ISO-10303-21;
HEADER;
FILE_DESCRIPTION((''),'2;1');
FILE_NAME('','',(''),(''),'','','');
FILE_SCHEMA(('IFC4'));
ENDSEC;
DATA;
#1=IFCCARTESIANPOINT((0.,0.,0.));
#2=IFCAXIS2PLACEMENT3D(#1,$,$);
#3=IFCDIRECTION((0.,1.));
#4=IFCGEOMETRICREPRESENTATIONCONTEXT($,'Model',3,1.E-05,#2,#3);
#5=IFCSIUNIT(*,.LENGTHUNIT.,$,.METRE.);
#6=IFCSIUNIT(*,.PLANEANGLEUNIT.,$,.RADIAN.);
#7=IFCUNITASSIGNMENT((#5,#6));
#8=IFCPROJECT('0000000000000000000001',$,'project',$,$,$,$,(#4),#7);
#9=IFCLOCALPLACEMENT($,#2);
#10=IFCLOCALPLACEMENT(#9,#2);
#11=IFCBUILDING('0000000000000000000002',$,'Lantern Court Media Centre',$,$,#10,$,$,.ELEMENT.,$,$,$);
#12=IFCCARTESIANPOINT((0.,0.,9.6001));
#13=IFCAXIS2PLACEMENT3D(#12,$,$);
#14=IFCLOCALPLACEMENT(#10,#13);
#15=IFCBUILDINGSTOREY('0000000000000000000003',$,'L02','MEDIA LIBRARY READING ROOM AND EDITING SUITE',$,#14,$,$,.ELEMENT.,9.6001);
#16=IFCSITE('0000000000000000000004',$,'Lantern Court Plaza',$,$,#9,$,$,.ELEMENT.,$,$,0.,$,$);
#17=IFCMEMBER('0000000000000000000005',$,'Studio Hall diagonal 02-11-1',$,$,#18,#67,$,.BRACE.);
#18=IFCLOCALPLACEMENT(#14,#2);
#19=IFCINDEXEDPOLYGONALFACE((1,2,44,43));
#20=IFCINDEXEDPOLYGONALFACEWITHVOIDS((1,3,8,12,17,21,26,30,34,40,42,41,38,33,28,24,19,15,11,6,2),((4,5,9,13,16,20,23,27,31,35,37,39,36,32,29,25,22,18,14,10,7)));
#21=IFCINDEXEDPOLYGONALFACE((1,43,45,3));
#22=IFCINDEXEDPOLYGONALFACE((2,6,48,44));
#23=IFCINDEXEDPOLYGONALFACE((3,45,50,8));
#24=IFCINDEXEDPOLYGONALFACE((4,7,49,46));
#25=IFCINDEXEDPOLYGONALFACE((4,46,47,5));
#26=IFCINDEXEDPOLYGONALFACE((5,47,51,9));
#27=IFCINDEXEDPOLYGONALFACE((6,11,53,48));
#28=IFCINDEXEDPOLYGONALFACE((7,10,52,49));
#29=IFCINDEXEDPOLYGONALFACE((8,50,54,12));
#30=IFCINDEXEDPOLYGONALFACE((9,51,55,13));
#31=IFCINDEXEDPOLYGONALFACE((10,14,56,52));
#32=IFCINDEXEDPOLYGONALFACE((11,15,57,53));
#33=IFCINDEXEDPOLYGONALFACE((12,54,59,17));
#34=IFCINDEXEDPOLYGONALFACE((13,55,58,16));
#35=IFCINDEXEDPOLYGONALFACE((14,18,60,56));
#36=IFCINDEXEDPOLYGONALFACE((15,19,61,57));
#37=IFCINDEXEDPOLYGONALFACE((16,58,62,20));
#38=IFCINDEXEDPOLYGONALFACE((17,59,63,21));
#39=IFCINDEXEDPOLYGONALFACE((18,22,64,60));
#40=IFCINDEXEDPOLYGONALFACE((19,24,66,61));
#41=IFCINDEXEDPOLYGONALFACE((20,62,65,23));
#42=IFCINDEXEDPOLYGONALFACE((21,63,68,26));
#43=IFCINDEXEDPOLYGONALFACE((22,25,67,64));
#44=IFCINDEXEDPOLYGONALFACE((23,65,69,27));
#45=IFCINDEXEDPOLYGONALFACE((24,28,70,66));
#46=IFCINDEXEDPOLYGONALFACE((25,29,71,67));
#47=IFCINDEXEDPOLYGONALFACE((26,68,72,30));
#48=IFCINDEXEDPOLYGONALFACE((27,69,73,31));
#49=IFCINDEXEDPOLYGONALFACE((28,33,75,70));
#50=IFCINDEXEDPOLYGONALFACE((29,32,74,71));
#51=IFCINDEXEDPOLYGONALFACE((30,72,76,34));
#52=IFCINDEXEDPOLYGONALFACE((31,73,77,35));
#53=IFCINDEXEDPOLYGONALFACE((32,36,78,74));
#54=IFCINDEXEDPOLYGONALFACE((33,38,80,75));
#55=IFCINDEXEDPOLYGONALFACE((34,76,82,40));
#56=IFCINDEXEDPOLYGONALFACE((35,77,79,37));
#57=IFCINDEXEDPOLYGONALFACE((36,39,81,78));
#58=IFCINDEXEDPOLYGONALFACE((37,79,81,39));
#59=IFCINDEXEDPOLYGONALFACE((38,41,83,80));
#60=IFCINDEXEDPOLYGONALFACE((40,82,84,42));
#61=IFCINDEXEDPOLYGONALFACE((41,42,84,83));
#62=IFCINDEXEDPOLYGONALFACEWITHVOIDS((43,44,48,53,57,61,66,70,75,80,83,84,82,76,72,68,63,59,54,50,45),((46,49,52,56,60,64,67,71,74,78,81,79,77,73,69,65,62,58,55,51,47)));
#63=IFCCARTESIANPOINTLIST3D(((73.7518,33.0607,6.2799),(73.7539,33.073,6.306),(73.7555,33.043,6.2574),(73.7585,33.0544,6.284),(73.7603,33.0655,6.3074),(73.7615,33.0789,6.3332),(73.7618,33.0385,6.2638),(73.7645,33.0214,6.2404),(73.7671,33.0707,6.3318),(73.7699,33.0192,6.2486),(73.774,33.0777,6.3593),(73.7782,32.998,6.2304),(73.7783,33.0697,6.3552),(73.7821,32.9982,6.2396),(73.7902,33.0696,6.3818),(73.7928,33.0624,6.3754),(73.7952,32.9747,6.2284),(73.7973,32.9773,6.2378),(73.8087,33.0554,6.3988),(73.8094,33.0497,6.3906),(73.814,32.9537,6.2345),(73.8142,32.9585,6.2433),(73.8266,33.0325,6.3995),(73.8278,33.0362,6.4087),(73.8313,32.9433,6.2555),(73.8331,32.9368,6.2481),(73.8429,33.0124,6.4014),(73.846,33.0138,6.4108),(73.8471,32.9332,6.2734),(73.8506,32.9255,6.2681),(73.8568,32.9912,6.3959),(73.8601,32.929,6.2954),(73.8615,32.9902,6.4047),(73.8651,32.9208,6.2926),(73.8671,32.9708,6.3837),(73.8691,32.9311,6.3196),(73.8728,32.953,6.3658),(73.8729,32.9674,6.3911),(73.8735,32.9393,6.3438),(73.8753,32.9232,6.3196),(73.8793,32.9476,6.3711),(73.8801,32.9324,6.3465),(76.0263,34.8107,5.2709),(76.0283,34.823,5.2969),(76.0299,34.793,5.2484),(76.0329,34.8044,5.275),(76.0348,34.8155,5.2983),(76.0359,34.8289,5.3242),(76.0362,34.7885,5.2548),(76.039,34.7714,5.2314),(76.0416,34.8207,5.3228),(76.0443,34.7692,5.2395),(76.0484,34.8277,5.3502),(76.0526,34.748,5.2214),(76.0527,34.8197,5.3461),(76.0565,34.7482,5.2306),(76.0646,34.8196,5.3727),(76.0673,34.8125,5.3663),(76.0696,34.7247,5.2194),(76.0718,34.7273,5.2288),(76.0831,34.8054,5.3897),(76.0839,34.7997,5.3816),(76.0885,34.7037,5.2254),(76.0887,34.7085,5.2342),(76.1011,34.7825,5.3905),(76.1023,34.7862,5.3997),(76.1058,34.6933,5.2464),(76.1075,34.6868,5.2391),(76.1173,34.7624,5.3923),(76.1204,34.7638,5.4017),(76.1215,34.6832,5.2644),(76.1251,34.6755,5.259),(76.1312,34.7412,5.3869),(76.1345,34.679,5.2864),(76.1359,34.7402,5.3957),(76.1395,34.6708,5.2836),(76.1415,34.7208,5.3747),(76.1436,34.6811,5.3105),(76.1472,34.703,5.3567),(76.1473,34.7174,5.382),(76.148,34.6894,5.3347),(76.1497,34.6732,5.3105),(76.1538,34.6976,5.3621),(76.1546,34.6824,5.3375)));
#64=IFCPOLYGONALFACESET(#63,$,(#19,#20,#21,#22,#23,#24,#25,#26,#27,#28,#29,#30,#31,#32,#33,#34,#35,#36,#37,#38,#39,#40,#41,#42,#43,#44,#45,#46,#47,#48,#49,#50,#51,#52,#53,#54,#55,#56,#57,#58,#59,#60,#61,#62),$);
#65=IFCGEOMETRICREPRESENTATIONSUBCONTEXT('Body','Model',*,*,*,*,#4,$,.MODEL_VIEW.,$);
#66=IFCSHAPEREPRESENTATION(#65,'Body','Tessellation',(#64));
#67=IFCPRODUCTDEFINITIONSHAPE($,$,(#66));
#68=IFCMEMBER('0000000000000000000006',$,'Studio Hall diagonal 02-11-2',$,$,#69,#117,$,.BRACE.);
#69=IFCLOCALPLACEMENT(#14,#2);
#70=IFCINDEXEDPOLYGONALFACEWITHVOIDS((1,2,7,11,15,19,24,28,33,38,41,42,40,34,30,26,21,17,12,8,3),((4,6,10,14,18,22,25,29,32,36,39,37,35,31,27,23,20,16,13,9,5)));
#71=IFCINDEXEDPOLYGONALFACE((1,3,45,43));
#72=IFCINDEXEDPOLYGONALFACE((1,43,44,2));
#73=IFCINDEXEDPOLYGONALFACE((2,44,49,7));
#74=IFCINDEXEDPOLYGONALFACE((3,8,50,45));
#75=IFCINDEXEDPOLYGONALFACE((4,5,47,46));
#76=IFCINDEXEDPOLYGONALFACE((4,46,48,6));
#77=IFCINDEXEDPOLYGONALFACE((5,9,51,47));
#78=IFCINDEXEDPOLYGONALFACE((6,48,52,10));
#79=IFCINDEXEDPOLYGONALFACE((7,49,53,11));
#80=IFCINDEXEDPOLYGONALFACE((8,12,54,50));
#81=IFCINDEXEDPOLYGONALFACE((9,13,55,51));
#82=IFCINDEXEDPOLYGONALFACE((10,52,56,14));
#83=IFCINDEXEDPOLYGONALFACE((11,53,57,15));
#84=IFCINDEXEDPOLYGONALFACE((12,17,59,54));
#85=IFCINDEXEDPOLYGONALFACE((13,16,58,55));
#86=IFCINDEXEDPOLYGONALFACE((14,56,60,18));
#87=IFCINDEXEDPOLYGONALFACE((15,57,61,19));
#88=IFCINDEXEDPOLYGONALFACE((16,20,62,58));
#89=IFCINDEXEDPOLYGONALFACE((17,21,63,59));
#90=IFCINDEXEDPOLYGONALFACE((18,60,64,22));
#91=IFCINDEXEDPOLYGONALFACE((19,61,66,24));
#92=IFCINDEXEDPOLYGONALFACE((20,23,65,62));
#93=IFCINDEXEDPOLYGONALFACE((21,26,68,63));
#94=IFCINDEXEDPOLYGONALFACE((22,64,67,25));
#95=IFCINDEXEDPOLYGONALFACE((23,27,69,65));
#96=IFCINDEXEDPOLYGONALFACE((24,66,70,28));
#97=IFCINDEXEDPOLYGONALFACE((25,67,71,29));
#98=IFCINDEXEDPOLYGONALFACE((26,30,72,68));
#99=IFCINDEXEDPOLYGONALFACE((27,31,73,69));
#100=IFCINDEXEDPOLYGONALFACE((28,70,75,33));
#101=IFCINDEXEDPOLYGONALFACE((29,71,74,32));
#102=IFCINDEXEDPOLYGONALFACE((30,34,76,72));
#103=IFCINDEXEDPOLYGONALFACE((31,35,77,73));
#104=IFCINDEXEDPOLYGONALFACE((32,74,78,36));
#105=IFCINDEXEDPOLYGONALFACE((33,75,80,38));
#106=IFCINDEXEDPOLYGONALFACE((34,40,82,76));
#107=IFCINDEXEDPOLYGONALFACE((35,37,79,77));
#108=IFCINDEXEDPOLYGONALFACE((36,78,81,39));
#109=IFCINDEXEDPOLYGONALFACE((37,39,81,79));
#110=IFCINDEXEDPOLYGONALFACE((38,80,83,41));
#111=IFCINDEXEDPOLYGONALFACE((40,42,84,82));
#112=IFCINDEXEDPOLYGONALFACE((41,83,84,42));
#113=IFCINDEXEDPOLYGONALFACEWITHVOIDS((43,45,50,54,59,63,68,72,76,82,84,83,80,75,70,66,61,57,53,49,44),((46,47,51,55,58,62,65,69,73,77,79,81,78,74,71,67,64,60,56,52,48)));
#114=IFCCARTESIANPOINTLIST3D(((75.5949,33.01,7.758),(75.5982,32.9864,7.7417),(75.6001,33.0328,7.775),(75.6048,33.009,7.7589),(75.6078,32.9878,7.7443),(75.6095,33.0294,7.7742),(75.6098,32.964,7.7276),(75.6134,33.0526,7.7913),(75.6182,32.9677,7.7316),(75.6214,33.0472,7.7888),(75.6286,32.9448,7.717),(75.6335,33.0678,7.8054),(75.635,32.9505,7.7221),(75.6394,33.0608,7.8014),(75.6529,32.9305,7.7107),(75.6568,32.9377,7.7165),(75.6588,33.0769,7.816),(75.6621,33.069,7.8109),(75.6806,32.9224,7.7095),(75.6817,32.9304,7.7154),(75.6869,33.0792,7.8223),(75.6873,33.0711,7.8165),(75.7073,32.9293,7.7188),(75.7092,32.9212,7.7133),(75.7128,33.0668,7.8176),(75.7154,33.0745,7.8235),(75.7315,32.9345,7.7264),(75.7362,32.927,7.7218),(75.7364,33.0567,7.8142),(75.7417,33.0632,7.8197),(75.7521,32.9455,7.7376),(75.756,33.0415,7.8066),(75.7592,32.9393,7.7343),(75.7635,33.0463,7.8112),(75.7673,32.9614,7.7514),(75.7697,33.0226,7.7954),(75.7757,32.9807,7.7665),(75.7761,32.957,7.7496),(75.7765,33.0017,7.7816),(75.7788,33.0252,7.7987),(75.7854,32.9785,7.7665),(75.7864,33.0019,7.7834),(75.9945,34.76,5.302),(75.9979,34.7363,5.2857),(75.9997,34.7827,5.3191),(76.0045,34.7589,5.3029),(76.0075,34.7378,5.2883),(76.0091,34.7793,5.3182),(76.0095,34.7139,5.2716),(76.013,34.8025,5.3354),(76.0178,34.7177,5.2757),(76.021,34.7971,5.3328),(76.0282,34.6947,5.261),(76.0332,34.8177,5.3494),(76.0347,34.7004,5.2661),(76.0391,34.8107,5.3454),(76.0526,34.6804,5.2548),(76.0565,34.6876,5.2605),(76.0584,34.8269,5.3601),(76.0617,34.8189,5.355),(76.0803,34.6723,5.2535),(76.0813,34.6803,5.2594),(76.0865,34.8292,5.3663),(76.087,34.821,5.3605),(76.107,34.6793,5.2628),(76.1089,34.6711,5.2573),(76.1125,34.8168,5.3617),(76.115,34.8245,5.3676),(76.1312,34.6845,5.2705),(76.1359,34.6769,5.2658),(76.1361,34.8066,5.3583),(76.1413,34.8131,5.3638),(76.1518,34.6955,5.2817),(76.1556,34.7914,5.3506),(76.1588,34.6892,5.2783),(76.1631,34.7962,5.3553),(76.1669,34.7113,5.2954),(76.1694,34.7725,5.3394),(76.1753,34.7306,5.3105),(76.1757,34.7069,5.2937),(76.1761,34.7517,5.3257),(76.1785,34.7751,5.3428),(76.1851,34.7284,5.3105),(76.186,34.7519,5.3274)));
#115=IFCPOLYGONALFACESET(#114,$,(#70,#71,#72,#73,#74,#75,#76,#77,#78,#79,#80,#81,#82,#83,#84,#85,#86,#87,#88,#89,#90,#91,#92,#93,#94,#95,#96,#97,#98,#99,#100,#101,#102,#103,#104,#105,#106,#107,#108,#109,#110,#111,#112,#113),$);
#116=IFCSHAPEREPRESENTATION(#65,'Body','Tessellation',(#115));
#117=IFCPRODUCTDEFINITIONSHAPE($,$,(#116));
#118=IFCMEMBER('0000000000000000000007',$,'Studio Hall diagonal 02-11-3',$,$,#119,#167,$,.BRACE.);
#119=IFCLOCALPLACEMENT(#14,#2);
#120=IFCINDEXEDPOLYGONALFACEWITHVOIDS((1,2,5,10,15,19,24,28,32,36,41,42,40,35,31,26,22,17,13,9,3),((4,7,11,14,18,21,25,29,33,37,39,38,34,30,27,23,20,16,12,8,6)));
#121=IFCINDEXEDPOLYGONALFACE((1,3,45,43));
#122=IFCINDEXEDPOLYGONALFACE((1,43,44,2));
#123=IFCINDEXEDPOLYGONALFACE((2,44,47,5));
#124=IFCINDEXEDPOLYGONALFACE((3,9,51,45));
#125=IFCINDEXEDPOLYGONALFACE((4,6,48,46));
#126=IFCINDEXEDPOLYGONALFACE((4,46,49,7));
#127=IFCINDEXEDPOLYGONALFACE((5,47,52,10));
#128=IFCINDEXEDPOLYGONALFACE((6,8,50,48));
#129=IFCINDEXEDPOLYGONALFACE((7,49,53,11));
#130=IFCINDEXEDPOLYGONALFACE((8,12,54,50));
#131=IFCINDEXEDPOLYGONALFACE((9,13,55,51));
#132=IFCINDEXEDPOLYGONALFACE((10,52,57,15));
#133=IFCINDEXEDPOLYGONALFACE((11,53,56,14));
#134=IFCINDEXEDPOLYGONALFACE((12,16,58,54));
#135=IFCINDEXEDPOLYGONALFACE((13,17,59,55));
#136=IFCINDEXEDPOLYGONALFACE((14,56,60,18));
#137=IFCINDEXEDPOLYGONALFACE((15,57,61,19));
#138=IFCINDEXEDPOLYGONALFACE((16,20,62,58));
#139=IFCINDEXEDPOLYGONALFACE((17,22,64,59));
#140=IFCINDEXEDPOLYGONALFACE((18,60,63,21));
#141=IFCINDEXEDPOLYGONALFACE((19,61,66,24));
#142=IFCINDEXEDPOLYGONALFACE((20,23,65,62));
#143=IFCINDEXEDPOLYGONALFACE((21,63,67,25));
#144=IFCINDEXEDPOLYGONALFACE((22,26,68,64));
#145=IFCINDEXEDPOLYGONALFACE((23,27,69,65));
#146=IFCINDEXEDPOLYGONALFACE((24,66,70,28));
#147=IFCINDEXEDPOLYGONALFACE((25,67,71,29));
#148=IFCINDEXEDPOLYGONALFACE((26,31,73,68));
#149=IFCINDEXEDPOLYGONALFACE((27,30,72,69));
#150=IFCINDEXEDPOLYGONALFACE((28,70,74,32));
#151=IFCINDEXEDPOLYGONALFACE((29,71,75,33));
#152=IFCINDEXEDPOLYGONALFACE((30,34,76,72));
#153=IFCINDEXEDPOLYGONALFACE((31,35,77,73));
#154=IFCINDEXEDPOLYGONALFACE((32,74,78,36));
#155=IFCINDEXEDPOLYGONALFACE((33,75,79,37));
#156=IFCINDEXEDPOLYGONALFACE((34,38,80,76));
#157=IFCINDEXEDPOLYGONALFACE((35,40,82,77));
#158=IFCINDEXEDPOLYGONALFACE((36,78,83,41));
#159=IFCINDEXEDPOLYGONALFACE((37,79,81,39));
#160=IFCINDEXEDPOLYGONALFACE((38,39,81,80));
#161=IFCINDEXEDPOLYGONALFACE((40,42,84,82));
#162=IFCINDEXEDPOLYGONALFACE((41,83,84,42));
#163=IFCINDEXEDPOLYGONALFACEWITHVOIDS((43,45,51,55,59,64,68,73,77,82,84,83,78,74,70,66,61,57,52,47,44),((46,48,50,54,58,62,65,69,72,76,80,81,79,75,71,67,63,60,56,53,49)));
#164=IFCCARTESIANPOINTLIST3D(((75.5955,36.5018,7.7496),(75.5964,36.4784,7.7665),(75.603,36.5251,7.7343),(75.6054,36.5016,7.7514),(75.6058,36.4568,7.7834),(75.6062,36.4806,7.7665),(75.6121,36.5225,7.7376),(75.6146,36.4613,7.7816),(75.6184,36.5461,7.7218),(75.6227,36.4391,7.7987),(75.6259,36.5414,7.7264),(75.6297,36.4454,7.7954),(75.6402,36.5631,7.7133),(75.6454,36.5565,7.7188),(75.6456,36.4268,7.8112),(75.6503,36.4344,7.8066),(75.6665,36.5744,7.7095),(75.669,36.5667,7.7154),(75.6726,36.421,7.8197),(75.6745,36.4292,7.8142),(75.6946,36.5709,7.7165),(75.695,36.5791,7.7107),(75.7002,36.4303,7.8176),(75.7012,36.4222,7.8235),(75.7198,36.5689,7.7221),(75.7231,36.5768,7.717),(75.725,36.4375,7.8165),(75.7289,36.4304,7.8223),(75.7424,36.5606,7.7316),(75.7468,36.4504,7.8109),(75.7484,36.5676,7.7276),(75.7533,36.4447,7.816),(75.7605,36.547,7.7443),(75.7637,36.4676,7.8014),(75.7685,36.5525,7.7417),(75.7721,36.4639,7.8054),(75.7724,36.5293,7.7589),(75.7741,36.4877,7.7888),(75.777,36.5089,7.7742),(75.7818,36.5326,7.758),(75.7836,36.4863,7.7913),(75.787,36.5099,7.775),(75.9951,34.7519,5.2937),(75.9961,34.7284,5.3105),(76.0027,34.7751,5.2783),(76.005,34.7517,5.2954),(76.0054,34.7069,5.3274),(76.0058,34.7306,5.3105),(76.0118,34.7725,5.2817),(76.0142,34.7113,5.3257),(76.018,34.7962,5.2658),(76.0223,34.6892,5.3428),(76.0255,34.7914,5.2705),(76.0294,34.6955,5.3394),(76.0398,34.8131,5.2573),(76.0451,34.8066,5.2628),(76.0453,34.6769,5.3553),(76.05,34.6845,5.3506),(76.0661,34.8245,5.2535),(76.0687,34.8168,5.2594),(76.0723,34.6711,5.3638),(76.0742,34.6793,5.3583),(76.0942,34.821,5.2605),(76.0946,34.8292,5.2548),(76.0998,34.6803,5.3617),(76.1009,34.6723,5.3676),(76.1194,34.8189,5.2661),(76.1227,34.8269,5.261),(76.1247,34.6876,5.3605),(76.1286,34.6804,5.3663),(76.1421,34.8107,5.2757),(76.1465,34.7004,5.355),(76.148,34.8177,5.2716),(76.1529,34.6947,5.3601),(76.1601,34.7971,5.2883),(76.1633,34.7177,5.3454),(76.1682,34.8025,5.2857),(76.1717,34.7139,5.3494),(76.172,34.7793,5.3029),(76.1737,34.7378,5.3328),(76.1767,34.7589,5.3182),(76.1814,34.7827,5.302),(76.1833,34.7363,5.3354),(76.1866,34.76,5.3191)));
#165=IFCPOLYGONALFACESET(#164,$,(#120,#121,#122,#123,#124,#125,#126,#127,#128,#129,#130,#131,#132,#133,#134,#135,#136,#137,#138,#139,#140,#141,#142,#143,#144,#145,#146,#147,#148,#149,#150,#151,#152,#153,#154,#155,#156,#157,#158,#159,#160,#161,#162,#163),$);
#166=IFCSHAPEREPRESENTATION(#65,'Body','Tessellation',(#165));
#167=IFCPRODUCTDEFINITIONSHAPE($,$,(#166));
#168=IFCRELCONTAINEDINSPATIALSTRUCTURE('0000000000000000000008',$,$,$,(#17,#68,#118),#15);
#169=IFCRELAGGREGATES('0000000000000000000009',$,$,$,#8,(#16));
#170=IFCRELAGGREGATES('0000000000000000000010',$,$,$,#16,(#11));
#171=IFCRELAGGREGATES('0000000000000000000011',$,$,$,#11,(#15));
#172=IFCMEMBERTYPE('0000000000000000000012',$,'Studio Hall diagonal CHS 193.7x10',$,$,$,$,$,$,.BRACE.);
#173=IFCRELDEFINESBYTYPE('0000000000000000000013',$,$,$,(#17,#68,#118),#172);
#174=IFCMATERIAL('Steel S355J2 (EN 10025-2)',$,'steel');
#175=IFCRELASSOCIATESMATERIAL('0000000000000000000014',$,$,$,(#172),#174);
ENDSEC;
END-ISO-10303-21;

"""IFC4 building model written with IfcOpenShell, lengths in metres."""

from ifc_helpers import new_model, si_unit, direction, frame, origin, origin_2d, place, context, subcontext, project, spatial, hollow_circle, extrude, material, material_profile, profile_set, type_object, element, save


model = new_model("IFC4")

# Units and contexts
model_context = context("Model", 3, precision=1e-05, world=origin(), true_north=direction((0.0, 1.0)))
body_context = subcontext(model_context, "Body", "Model", "MODEL_VIEW")
ifc_project = project(units=[si_unit("LENGTHUNIT", "METRE"), si_unit("PLANEANGLEUNIT", "RADIAN")], contexts=[model_context])

# Site, building, storey
site_placement = place(None, origin())
site = spatial("IfcSite", under=ifc_project, at=site_placement, Name="Lantern Court Plaza", CompositionType="ELEMENT", RefElevation=0.0)
building_placement = place(site_placement, origin())
building = spatial("IfcBuilding", under=site, at=building_placement, Name="Lantern Court Media Centre", CompositionType="ELEMENT")
storey_placement = place(building_placement, frame((0.0, 0.0, 9.6001)))
storey = spatial("IfcBuildingStorey", under=building, at=storey_placement, Name="L02", Description="MEDIA LIBRARY READING ROOM AND EDITING SUITE", CompositionType="ELEMENT", Elevation=9.6001)

# Members
ifc_material = material(Name="Steel S355J2 (EN 10025-2)", Category="steel")
ifc_material_profile_1 = material_profile(ifc_material, hollow_circle(Radius=0.0969, WallThickness=0.01, at=origin_2d()), Name="Studio Hall diagonal CHS 193.7x10")
ifc_profile_set_1 = profile_set([ifc_material_profile_1], Name="Steel S355J2 (EN 10025-2)")
member_type_1 = type_object("IfcMemberType", Name="Studio Hall diagonal CHS 193.7x10", PredefinedType="BRACE", material=ifc_profile_set_1)
for number, where, z_axis, x_axis, name in (
    (1, (76.0906, 34.75, 5.3105), (-0.747677, -0.575284, 0.331703), (0.609809, -0.792548, 0.0), "Studio Hall diagonal 02-11-1"),
    (2, (76.0906, 34.75, 5.3105), (-0.131375, -0.575259, 0.807352), (0.9749, -0.222644, 0.0), "Studio Hall diagonal 02-11-2"),
    (3, (76.0906, 34.75, 5.3105), (-0.131375, 0.575259, 0.807352), (-0.9749, -0.222644, 0.0), "Studio Hall diagonal 02-11-3"),
):
    element("IfcMember", number, at=place(storey_placement, frame(where, z_axis=z_axis, x_axis=x_axis)), inside=storey, type_object=member_type_1, Name=name, PredefinedType="BRACE", context=body_context, shape_type="SweptSolid", body=[
        extrude(hollow_circle(Radius=0.0969, WallThickness=0.01, at=origin_2d()), origin(), (0.0, 0.0, 1.0), 3.042),
    ])

save(model, "model.ifc")
